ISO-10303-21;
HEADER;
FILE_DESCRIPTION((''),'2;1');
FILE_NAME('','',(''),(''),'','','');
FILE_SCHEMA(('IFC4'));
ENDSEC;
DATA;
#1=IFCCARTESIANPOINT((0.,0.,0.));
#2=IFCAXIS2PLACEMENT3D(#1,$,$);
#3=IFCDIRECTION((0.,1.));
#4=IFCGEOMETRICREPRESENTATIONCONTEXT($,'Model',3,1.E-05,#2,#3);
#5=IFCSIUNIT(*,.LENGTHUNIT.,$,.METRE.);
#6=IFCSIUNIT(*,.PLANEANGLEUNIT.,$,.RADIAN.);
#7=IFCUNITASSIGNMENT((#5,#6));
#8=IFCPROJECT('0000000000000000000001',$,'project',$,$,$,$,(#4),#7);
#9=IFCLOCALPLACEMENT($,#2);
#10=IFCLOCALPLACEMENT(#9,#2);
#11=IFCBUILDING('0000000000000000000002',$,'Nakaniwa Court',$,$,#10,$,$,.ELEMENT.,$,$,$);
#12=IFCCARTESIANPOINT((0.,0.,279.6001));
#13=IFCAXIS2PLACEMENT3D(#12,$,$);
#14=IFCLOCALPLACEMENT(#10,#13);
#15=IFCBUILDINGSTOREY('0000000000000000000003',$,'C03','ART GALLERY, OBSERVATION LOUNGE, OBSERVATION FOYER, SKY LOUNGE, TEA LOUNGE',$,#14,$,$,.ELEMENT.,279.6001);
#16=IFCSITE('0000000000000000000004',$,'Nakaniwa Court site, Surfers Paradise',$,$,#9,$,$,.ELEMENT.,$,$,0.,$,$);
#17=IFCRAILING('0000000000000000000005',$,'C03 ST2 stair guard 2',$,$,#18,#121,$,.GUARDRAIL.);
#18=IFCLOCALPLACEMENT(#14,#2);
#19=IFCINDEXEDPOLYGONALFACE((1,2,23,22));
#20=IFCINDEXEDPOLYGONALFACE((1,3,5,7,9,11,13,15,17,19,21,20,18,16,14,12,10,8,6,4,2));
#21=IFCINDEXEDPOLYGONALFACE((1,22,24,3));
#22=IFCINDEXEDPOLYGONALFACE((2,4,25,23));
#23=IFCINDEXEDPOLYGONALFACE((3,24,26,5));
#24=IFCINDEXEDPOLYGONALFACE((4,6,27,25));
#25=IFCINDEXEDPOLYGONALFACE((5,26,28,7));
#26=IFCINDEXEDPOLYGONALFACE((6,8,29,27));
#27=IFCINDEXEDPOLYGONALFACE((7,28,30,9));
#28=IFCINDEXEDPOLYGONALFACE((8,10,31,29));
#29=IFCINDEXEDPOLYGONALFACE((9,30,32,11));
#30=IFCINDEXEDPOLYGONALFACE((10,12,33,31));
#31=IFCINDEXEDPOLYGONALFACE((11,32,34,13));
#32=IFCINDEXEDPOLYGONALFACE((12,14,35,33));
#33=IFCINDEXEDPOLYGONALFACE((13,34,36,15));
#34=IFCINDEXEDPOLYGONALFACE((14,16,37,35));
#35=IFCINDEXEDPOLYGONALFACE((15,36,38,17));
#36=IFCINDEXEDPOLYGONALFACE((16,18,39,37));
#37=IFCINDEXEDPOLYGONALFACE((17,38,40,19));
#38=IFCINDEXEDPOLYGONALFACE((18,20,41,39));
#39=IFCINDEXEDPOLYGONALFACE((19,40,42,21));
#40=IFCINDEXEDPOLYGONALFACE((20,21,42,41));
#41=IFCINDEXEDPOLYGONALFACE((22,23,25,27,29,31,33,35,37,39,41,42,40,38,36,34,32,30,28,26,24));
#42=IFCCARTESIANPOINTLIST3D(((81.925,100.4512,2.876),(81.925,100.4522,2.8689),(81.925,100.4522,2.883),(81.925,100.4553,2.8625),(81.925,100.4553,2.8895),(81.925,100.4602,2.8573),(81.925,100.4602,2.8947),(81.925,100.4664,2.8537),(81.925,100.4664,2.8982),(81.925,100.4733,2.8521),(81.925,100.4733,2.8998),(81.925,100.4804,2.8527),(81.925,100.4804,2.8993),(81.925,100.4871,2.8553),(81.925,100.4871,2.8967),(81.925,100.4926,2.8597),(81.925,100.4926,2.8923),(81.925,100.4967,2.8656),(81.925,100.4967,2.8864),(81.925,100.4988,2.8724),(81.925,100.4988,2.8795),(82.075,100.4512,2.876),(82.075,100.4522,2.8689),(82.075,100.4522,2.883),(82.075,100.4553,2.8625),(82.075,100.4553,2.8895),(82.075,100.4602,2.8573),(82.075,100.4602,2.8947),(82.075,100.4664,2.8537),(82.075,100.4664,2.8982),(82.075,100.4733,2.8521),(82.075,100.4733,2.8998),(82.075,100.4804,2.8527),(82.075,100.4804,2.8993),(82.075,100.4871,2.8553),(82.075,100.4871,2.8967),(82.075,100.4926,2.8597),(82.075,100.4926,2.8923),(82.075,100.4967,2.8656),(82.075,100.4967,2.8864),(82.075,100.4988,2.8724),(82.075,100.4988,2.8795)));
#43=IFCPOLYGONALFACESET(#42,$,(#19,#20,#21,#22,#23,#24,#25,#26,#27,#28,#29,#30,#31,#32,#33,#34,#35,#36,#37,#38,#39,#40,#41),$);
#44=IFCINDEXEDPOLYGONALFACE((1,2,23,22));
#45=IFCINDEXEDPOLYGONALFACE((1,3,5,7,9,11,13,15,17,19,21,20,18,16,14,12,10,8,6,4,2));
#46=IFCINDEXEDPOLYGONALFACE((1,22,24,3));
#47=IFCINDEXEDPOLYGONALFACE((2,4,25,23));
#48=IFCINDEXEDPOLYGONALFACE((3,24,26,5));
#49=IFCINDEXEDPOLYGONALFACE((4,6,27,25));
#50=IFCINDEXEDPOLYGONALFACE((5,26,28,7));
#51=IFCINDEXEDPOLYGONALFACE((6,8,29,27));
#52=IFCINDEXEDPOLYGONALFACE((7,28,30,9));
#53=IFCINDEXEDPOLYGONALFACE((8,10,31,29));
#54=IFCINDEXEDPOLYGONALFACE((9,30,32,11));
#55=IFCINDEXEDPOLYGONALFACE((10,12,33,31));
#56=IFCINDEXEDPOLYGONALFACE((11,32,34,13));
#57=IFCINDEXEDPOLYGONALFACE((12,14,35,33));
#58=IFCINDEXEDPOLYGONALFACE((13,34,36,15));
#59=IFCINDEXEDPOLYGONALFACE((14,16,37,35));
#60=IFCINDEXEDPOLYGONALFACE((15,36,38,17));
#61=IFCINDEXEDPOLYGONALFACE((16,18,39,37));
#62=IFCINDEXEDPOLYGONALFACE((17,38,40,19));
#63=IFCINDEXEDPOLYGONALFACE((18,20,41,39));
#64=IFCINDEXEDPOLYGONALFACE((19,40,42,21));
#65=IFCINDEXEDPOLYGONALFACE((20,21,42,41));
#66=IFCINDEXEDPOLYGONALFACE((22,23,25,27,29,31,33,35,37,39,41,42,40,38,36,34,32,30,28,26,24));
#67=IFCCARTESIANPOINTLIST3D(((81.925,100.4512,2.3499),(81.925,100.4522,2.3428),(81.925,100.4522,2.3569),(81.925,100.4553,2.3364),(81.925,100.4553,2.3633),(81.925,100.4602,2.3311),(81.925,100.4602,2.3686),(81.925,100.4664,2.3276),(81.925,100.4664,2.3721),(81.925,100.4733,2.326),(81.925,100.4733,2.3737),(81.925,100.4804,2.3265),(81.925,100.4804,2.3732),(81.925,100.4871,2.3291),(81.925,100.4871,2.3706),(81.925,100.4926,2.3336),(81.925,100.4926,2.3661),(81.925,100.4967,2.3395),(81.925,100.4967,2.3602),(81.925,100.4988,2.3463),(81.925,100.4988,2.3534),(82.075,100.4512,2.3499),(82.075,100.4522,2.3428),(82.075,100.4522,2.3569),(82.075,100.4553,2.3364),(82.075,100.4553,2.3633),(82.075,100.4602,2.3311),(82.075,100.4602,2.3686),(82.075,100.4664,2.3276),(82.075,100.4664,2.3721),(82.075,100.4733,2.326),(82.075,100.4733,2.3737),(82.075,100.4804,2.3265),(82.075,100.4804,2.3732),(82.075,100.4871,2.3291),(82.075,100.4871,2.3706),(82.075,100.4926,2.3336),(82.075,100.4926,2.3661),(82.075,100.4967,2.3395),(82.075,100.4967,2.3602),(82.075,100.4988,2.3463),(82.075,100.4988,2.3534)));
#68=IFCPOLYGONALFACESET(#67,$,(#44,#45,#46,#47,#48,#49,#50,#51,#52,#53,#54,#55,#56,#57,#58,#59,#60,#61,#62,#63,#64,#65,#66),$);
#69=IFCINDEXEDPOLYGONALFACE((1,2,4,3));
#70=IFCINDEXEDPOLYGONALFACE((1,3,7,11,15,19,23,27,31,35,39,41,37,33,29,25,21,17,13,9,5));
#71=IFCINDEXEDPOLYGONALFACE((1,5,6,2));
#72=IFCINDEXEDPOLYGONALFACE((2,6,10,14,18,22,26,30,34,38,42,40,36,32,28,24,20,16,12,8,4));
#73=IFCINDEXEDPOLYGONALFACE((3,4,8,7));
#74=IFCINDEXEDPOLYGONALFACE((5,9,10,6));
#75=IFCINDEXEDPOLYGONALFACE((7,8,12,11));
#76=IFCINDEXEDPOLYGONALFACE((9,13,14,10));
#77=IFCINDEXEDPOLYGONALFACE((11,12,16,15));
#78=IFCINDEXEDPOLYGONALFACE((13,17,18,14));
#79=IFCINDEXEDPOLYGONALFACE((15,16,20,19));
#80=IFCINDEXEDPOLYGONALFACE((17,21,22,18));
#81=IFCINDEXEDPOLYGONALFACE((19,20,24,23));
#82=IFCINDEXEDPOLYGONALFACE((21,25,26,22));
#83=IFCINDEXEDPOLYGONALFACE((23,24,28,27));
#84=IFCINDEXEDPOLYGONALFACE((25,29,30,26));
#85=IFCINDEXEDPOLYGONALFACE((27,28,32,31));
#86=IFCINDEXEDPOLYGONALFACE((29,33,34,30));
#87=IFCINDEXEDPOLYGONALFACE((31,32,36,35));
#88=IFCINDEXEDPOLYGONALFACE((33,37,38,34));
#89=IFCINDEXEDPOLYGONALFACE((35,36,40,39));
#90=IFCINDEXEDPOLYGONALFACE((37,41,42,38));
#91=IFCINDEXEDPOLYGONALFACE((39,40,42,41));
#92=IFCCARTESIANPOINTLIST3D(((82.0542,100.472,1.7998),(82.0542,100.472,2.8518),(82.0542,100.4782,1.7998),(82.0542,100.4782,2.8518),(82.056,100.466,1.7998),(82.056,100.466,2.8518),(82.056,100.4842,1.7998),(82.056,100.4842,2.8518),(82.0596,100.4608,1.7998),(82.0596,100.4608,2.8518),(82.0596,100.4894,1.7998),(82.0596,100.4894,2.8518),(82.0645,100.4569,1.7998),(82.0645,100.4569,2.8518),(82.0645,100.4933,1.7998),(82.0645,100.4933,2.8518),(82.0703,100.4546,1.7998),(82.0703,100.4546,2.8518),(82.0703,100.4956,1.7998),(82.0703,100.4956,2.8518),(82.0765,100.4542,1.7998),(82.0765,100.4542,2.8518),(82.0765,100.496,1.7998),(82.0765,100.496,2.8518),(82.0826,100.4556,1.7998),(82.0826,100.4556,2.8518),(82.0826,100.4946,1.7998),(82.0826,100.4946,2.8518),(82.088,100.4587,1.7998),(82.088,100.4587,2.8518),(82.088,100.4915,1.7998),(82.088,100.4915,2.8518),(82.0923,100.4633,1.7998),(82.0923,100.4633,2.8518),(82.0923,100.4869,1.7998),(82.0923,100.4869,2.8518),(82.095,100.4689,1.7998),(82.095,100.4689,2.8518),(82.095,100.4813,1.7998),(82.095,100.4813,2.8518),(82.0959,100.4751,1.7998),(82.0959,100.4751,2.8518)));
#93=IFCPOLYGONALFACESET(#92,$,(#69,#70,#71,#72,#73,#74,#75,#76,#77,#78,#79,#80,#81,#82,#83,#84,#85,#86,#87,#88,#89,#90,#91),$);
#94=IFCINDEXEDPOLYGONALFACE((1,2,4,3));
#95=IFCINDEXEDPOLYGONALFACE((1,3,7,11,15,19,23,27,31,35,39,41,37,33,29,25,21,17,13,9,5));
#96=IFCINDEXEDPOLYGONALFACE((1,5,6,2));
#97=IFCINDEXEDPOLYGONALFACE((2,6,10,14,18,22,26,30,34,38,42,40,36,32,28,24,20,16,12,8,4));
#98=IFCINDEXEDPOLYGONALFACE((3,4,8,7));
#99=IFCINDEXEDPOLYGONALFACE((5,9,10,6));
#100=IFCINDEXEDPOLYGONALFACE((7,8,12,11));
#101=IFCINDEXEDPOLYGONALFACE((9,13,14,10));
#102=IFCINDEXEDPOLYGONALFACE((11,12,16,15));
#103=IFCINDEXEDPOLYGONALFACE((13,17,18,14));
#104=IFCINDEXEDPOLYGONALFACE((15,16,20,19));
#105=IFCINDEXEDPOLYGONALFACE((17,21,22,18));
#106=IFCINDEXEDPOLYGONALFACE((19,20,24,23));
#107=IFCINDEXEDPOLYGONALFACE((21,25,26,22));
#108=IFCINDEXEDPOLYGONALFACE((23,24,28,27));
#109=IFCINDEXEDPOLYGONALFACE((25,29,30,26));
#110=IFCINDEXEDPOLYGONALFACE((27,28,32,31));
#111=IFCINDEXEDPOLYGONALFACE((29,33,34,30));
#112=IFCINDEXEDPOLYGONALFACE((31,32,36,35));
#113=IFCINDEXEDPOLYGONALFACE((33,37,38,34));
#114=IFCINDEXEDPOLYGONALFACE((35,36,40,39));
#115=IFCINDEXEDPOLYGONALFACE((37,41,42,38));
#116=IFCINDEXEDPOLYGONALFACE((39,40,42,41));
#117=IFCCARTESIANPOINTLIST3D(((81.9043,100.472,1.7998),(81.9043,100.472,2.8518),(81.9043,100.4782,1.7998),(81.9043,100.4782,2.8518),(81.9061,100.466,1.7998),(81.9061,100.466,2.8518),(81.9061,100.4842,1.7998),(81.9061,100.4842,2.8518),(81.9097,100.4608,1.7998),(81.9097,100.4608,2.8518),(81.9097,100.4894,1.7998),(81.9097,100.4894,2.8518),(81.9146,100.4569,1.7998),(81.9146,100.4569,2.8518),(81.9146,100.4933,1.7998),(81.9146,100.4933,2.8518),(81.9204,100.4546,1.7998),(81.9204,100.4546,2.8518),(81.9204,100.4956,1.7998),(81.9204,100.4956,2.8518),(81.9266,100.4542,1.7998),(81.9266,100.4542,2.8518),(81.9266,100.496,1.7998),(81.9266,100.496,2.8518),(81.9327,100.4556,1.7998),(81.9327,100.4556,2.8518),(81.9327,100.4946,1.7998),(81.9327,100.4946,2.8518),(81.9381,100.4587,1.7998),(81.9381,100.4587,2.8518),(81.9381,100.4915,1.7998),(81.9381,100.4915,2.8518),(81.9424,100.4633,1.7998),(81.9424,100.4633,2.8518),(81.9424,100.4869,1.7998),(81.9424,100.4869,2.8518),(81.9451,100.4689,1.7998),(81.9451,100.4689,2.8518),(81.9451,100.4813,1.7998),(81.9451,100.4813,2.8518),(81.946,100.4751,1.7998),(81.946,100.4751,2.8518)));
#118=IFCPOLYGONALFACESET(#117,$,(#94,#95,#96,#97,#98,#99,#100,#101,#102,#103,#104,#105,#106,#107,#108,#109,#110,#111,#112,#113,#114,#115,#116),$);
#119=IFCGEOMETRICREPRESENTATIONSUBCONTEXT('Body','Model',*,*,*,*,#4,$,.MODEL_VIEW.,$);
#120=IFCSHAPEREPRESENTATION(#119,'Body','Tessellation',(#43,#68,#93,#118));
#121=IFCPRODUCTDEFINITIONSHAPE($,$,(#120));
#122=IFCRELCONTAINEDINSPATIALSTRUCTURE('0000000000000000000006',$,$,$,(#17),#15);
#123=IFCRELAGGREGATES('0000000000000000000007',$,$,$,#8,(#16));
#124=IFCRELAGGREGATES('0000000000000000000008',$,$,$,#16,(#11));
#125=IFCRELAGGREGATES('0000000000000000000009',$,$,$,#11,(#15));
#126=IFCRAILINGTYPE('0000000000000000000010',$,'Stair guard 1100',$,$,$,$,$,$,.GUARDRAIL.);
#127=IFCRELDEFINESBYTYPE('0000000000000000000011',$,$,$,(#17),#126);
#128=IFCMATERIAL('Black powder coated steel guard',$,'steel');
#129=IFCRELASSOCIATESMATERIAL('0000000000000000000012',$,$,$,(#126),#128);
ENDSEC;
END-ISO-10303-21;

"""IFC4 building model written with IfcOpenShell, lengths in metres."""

from ifc_helpers import new_model, si_unit, direction, frame, origin, origin_2d, place, context, subcontext, project, spatial, circle, extrude, material, type_object, element, save


model = new_model("IFC4")

# Units and contexts
model_context = context("Model", 3, precision=1e-05, world=origin(), true_north=direction((0.0, 1.0)))
body_context = subcontext(model_context, "Body", "Model", "MODEL_VIEW")
ifc_project = project(units=[si_unit("LENGTHUNIT", "METRE"), si_unit("PLANEANGLEUNIT", "RADIAN")], contexts=[model_context])

# Site, building, storey
site_placement = place(None, origin())
site = spatial("IfcSite", under=ifc_project, at=site_placement, Name="Nakaniwa Court site, Surfers Paradise", CompositionType="ELEMENT", RefElevation=0.0)
building_placement = place(site_placement, origin())
building = spatial("IfcBuilding", under=site, at=building_placement, Name="Nakaniwa Court", CompositionType="ELEMENT")
storey_placement = place(building_placement, frame((0.0, 0.0, 279.6001)))
storey = spatial("IfcBuildingStorey", under=building, at=storey_placement, Name="C03", Description="ART GALLERY, OBSERVATION LOUNGE, OBSERVATION FOYER, SKY LOUNGE, TEA LOUNGE", CompositionType="ELEMENT", Elevation=279.6001)

# Railing
ifc_material_1 = material(Name="Black powder coated steel guard", Category="steel")
railing_type_1 = type_object("IfcRailingType", Name="Stair guard 1100", PredefinedType="GUARDRAIL", material=ifc_material_1)
railing_1_placement = place(storey_placement, frame((82.075, 100.4751, 1.7998)))
element("IfcRailing", 1, at=railing_1_placement, inside=storey, type_object=railing_type_1, Name="C03 ST2 stair guard 2", PredefinedType="GUARDRAIL", context=body_context, shape_type="SweptSolid", body=[
    extrude(circle(Radius=0.0239, at=origin_2d()), frame((0.0, 0.0, 1.0762), z_axis=(-1.0, 0.0, 0.0), x_axis=(0.0, -1.0, 0.0)), (0.0, 0.0, 1.0), 0.1499),
    extrude(circle(Radius=0.0239, at=origin_2d()), frame((0.0, 0.0, 0.55), z_axis=(-1.0, 0.0, 0.0), x_axis=(0.0, -1.0, 0.0)), (0.0, 0.0, 1.0), 0.1499),
    extrude(circle(Radius=0.021, at=origin_2d()), origin(), (0.0, 0.0, 1.0), 1.052),
    extrude(circle(Radius=0.021, at=origin_2d()), frame((-0.1499, 0.0, 0.0)), (0.0, 0.0, 1.0), 1.052),
])

save(model, "model.ifc")
